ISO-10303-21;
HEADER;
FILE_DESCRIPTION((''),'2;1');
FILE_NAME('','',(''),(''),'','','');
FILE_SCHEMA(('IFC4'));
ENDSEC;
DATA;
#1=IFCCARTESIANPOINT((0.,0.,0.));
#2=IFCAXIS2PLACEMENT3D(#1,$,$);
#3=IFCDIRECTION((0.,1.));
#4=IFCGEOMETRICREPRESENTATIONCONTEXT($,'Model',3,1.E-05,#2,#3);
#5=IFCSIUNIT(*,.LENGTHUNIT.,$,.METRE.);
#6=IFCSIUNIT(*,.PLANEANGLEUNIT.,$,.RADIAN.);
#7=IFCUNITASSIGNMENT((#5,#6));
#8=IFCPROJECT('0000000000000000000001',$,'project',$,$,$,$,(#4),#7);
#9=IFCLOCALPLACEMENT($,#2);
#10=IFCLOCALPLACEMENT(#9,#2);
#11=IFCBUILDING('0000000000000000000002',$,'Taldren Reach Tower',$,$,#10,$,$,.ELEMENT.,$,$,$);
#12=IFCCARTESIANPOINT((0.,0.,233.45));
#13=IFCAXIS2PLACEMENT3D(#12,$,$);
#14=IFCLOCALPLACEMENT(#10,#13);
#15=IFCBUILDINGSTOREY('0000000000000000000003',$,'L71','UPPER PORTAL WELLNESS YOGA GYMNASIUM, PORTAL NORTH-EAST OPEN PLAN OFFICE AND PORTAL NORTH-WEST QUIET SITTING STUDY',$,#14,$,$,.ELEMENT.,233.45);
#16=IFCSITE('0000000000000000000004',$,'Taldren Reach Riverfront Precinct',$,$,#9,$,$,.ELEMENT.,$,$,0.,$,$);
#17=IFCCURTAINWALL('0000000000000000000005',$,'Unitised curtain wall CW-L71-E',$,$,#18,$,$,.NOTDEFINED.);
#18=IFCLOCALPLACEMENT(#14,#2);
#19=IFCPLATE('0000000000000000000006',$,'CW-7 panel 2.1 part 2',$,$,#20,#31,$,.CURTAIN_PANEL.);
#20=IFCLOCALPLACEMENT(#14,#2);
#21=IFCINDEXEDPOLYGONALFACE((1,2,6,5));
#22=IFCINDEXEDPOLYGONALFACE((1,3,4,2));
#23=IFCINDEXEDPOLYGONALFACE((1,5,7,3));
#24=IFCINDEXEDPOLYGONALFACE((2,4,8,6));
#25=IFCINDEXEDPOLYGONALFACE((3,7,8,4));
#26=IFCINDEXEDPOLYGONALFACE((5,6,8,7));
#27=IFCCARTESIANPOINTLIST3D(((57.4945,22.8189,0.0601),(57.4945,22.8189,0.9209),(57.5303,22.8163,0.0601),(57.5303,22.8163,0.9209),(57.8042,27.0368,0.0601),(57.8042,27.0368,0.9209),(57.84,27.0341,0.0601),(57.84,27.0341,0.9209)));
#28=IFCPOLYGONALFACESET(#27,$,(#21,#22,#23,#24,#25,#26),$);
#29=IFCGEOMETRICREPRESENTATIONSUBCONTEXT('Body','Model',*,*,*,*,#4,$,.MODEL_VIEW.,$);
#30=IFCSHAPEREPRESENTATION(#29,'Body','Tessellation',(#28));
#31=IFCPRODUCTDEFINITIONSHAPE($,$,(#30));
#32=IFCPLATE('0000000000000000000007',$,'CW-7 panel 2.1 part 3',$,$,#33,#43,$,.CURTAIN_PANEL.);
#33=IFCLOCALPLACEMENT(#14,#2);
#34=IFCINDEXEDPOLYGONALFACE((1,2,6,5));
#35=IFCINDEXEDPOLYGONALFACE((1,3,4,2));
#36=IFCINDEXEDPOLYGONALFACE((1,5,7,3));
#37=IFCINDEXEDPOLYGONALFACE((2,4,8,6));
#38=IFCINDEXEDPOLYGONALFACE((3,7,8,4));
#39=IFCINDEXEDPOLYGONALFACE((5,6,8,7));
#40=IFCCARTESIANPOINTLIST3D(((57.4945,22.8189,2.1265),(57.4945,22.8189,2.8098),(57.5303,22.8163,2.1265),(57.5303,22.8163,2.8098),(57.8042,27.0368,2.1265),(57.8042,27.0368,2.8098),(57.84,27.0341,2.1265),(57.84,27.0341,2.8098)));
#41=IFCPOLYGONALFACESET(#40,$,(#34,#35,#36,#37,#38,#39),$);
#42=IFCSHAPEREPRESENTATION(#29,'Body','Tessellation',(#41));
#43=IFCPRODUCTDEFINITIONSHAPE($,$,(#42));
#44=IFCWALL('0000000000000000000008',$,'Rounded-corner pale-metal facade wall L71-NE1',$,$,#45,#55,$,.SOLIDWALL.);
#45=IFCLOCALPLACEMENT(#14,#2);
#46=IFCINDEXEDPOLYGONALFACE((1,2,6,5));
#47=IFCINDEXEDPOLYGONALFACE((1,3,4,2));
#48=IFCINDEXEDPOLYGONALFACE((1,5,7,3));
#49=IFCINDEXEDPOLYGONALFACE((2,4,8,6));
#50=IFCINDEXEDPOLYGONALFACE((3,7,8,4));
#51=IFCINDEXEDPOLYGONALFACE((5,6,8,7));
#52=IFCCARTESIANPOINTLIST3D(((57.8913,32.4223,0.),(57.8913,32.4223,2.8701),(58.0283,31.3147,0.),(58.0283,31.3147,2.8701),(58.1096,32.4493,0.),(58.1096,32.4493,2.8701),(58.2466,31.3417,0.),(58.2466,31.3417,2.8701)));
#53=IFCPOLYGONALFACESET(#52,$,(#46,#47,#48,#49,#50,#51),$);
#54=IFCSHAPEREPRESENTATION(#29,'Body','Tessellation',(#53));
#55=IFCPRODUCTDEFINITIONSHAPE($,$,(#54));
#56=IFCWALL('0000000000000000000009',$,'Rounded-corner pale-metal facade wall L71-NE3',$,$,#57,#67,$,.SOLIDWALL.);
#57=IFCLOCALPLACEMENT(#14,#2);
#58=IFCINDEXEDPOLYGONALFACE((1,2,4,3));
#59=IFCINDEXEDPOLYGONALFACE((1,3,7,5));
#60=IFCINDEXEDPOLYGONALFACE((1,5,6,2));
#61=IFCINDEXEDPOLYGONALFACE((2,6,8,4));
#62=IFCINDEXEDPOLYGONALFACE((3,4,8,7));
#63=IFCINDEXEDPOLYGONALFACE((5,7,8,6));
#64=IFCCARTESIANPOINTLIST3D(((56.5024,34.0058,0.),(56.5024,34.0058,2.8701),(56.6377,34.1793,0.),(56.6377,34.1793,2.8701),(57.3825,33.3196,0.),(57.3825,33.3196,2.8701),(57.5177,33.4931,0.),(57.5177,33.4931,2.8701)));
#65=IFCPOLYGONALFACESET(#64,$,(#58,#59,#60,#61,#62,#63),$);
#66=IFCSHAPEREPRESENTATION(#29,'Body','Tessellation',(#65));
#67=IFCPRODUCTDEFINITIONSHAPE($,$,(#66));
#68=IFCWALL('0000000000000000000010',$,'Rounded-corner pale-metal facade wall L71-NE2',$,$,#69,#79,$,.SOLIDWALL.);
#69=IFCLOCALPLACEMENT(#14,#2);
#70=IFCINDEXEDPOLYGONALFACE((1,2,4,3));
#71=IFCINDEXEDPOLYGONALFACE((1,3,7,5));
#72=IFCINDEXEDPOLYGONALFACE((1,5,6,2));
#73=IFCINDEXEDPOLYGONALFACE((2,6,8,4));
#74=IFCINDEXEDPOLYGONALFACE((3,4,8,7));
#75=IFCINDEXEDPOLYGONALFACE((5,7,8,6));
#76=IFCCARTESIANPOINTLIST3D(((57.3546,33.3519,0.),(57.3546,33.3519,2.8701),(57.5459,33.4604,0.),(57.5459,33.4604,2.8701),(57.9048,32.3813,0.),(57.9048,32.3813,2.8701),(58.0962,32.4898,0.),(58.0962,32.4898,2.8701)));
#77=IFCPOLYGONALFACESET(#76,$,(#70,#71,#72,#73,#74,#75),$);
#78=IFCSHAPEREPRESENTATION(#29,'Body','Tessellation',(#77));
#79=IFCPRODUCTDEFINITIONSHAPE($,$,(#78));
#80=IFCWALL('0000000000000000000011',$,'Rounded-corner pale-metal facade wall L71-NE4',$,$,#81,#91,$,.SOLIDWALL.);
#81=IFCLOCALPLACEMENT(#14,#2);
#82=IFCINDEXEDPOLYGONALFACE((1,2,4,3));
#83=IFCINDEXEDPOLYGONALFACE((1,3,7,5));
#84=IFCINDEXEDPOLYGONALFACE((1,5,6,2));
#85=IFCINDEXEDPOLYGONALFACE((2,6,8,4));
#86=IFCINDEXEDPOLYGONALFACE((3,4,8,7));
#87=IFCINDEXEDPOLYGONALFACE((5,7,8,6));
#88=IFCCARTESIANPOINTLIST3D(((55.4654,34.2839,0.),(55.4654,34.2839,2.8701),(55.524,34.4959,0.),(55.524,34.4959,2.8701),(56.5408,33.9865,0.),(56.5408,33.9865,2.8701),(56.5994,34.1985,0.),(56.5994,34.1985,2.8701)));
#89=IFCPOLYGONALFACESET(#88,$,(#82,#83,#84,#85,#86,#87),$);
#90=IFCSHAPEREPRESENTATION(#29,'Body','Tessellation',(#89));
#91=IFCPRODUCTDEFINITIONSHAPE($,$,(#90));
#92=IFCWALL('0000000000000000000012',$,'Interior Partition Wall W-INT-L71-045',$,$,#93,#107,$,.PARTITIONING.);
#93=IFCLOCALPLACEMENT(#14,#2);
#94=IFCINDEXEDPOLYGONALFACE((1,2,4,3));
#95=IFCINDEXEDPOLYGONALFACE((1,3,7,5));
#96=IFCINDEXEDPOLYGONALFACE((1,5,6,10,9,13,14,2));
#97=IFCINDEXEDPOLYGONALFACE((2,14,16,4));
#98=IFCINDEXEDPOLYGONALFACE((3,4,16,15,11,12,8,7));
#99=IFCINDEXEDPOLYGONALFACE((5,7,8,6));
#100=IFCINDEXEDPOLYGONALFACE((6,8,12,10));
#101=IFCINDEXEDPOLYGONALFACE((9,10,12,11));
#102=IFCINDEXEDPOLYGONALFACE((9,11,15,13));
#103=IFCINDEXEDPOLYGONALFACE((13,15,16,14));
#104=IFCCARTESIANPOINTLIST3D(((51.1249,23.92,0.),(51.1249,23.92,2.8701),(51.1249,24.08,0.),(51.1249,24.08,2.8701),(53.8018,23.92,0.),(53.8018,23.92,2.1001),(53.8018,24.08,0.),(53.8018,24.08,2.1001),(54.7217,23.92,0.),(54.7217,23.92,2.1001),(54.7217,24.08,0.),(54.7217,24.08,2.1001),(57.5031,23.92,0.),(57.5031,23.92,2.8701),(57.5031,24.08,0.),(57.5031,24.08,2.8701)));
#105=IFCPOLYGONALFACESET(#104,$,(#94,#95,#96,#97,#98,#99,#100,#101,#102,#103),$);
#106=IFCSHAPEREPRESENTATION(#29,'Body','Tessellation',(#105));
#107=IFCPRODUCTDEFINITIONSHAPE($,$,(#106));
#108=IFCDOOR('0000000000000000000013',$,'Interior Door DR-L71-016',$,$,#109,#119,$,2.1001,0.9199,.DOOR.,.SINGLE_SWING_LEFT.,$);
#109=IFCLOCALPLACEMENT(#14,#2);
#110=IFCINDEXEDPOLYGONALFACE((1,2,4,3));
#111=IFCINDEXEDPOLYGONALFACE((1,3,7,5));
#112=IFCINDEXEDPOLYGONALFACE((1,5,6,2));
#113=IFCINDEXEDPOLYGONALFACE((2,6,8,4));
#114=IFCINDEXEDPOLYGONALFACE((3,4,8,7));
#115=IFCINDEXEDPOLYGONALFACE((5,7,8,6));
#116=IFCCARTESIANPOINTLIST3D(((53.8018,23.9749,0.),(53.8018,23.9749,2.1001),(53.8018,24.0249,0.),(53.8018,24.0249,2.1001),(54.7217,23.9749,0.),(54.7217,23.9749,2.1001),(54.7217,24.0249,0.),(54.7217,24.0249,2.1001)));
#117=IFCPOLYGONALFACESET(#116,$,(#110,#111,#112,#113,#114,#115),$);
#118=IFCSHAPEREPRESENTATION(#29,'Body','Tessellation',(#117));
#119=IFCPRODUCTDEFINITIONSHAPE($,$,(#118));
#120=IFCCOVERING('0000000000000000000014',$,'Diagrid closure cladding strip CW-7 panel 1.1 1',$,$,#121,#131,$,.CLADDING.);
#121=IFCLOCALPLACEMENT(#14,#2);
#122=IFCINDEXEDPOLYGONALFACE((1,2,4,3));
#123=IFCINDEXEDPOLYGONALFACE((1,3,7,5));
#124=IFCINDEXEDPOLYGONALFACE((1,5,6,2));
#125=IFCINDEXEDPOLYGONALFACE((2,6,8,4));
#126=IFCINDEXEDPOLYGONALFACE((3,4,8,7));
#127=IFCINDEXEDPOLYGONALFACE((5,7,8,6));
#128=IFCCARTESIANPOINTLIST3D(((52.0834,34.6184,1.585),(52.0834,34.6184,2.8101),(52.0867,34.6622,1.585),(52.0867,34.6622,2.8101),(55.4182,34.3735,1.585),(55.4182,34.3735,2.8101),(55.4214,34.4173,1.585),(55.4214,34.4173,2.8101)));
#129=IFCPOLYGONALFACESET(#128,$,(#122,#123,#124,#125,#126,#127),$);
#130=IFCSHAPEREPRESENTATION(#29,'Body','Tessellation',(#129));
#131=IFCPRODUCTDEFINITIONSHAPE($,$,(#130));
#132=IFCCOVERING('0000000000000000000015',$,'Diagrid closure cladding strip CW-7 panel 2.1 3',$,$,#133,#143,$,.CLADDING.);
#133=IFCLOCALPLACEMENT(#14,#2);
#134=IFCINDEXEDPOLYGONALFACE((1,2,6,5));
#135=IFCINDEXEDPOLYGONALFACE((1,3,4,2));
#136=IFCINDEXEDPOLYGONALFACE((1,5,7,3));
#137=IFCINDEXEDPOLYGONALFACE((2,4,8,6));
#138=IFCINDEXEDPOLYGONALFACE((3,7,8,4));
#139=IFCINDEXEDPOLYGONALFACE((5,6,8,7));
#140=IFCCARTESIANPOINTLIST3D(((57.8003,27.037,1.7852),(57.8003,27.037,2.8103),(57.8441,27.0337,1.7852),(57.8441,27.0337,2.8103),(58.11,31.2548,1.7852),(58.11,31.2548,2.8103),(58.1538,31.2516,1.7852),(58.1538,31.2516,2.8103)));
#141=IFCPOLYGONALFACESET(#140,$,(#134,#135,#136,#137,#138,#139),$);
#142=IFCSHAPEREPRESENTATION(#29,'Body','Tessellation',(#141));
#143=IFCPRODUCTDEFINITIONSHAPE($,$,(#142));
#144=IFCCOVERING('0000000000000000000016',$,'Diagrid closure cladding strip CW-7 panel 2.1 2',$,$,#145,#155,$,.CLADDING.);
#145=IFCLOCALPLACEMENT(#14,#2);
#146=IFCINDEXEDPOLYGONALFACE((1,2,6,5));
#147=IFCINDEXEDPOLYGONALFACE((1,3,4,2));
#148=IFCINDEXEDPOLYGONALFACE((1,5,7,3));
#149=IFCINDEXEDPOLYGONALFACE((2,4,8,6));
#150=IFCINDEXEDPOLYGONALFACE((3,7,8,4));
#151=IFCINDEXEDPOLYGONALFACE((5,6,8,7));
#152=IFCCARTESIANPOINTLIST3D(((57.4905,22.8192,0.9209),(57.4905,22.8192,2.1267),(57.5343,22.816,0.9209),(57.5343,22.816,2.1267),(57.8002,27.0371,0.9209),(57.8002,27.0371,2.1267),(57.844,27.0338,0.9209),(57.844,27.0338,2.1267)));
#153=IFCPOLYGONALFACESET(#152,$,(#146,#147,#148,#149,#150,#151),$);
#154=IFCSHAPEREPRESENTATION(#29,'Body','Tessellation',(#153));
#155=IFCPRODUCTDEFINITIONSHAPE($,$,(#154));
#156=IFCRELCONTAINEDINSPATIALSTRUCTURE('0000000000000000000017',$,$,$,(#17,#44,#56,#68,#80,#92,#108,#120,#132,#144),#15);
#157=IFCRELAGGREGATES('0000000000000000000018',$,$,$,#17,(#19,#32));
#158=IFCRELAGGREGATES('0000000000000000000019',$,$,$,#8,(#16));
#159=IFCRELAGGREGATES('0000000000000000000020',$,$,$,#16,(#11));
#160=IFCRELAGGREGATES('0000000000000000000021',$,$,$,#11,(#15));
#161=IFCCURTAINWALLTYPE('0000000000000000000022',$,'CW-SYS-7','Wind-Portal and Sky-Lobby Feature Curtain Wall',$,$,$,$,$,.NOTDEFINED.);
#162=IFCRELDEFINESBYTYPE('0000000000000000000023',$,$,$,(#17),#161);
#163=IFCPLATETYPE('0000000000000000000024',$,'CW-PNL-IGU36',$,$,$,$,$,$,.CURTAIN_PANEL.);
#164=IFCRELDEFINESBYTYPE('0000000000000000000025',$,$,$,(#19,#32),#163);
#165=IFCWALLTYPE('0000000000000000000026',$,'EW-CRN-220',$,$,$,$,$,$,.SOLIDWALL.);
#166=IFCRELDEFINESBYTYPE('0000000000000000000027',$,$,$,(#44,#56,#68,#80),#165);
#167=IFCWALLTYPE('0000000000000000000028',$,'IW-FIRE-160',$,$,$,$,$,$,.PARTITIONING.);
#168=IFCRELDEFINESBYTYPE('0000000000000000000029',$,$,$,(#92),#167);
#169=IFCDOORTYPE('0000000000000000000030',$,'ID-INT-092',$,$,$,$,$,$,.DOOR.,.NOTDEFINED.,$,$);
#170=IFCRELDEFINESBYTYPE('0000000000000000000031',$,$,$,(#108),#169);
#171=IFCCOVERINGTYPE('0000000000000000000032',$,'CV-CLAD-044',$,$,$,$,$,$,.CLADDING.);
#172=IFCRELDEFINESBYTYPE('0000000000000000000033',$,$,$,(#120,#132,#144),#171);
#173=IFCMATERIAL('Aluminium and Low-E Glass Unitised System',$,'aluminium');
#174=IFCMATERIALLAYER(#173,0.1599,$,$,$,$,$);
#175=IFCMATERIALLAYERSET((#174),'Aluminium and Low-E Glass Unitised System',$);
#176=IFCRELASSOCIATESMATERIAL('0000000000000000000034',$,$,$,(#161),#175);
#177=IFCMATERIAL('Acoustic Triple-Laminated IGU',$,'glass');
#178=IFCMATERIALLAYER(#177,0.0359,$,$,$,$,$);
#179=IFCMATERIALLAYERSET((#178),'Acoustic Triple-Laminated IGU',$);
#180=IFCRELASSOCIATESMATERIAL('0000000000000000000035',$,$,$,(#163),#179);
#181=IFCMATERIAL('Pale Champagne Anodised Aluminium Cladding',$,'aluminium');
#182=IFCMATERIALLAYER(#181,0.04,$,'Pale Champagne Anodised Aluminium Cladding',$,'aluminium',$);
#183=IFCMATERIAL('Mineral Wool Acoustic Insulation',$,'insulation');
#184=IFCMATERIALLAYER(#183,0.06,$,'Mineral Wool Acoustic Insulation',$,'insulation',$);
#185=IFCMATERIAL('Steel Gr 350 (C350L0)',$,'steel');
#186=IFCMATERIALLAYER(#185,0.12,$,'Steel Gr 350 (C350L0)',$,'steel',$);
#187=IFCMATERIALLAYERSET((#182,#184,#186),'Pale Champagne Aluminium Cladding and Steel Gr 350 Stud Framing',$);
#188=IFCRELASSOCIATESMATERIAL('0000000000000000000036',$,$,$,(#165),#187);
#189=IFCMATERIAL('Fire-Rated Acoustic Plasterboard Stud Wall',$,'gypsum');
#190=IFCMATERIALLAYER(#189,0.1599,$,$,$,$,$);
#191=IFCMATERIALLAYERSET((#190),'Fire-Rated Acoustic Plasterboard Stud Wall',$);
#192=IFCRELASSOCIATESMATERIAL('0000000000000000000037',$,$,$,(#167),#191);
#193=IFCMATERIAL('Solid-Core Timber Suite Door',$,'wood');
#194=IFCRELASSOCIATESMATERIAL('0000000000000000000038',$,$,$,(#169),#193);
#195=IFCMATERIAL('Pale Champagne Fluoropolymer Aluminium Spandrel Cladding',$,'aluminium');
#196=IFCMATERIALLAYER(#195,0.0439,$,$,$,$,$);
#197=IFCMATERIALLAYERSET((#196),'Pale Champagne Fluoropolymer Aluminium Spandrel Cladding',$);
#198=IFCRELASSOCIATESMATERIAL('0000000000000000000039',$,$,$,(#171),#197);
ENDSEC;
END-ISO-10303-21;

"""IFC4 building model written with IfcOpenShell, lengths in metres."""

from ifc_helpers import new_model, si_unit, direction, frame, frame_2d, origin, origin_2d, place, context, subcontext, project, spatial, rectangle, extrude, source, transform, mapped, material, layer, layer_set, type_object, element, fill, aggregate, save


model = new_model("IFC4")

# Units and contexts
model_context = context("Model", 3, precision=1e-05, world=origin(), true_north=direction((0.0, 1.0)))
body_context = subcontext(model_context, "Body", "Model", "MODEL_VIEW")
ifc_project = project(units=[si_unit("LENGTHUNIT", "METRE"), si_unit("PLANEANGLEUNIT", "RADIAN")], contexts=[model_context])

# Site, building, storey
site_placement = place(None, origin())
site = spatial("IfcSite", under=ifc_project, at=site_placement, Name="Taldren Reach Riverfront Precinct", CompositionType="ELEMENT", RefElevation=0.0)
building_placement = place(site_placement, origin())
building = spatial("IfcBuilding", under=site, at=building_placement, Name="Taldren Reach Tower", CompositionType="ELEMENT")
storey_placement = place(building_placement, frame((0.0, 0.0, 233.45)))
storey = spatial("IfcBuildingStorey", under=building, at=storey_placement, Name="L71", Description="UPPER PORTAL WELLNESS YOGA GYMNASIUM, PORTAL NORTH-EAST OPEN PLAN OFFICE AND PORTAL NORTH-WEST QUIET SITTING STUDY", CompositionType="ELEMENT", Elevation=233.45)

# Shared definitions
ifc_material_1 = material(Name="Steel Gr 350 (C350L0)", Category="steel")

# Shared definitions
ifc_material_2 = material(Name="Aluminium and Low-E Glass Unitised System", Category="aluminium")
ifc_layer_1 = layer(ifc_material_2, 0.1599)
ifc_layer_set_1 = layer_set([ifc_layer_1], Name="Aluminium and Low-E Glass Unitised System")
curtain_wall_type = type_object("IfcCurtainWallType", Name="CW-SYS-7", Description="Wind-Portal and Sky-Lobby Feature Curtain Wall", PredefinedType="NOTDEFINED", material=ifc_layer_set_1)

# Curtain wall
curtain_wall_1_placement = place(storey_placement, origin())
curtain_wall_1 = element("IfcCurtainWall", 1, at=curtain_wall_1_placement, inside=storey, type_object=curtain_wall_type, Name="Unitised curtain wall CW-L71-E", PredefinedType="NOTDEFINED")

# Plates
ifc_material_3 = material(Name="Acoustic Triple-Laminated IGU", Category="glass")
ifc_layer_2 = layer(ifc_material_3, 0.0359)
ifc_layer_set_2 = layer_set([ifc_layer_2], Name="Acoustic Triple-Laminated IGU")
plate_type_1 = type_object("IfcPlateType", Name="CW-PNL-IGU36", PredefinedType="CURTAIN_PANEL", material=ifc_layer_set_2)
shared_shape_1 = source(origin(), body_context, "Body", "SweptSolid", [
    extrude(rectangle(XDim=4.2292, YDim=0.0359, at=origin_2d()), origin(), (0.0, 0.0, 1.0), 0.8608),
])
plate_1_placement = place(storey_placement, frame((57.6672, 24.9265, 0.0601), z_axis=(0.0, 0.0, 1.0), x_axis=(0.073238, 0.997314, 0.0)))
plate_1 = element("IfcPlate", 2, at=plate_1_placement, type_object=plate_type_1, Name="CW-7 panel 2.1 part 2", PredefinedType="CURTAIN_PANEL", context=body_context, shape_type="MappedRepresentation", body=[
    mapped(shared_shape_1, transform((0.0, 0.0, 0.0), scale=1.0)),
])
shared_shape_2 = source(origin(), body_context, "Body", "SweptSolid", [
    extrude(rectangle(XDim=4.2292, YDim=0.0359, at=origin_2d()), origin(), (0.0, 0.0, 1.0), 0.6833),
])
plate_2_placement = place(storey_placement, frame((57.6672, 24.9265, 2.1265), z_axis=(0.0, 0.0, 1.0), x_axis=(0.073238, 0.997314, 0.0)))
plate_2 = element("IfcPlate", 3, at=plate_2_placement, type_object=plate_type_1, Name="CW-7 panel 2.1 part 3", PredefinedType="CURTAIN_PANEL", context=body_context, shape_type="MappedRepresentation", body=[
    mapped(shared_shape_2, transform((0.0, 0.0, 0.0), scale=1.0)),
])
aggregate(curtain_wall_1, [plate_1, plate_2])

# Walls
ifc_material_4 = material(Name="Pale Champagne Anodised Aluminium Cladding", Category="aluminium")
ifc_layer_3 = layer(ifc_material_4, 0.04, Name="Pale Champagne Anodised Aluminium Cladding", Category="aluminium")
ifc_material_5 = material(Name="Mineral Wool Acoustic Insulation", Category="insulation")
ifc_layer_4 = layer(ifc_material_5, 0.06, Name="Mineral Wool Acoustic Insulation", Category="insulation")
ifc_layer_5 = layer(ifc_material_1, 0.12, Name="Steel Gr 350 (C350L0)", Category="steel")
ifc_layer_set_3 = layer_set([ifc_layer_3, ifc_layer_4, ifc_layer_5], Name="Pale Champagne Aluminium Cladding and Steel Gr 350 Stud Framing")
wall_type_1 = type_object("IfcWallType", Name="EW-CRN-220", PredefinedType="SOLIDWALL", material=ifc_layer_set_3)
shared_shape_3 = source(origin(), body_context, "Body", "SweptSolid", [
    extrude(rectangle(XDim=1.116, YDim=0.22, at=frame_2d((0.5581, 0.0))), origin(), (0.0, 0.0, 1.0), 2.8701),
])
for number, where, z_axis, x_axis, name in (
    (4, (58.1375, 31.3281, 0.0), (0.0, 0.0, 1.0), (-0.122742, 0.992439, 0.0), "Rounded-corner pale-metal facade wall L71-NE1"),
    (5, (57.4502, 33.4062, 0.0), (0.0, 0.0, 1.0), (-0.788598, 0.614909, 0.0), "Rounded-corner pale-metal facade wall L71-NE3"),
):
    element("IfcWall", number, at=place(storey_placement, frame(where, z_axis=z_axis, x_axis=x_axis)), inside=storey, type_object=wall_type_1, Name=name, PredefinedType="SOLIDWALL", context=body_context, shape_type="MappedRepresentation", body=[
        mapped(shared_shape_3, transform((0.0, 0.0, 0.0), scale=1.0)),
    ])
shared_shape_4 = source(origin(), body_context, "Body", "SweptSolid", [
    extrude(rectangle(XDim=1.1157, YDim=0.22, at=frame_2d((0.5579, 0.0))), origin(), (0.0, 0.0, 1.0), 2.8701),
])
for number, where, z_axis, x_axis, name in (
    (6, (58.0005, 32.4355, 0.0), (0.0, 0.0, 1.0), (-0.493167, 0.869935, 0.0), "Rounded-corner pale-metal facade wall L71-NE2"),
    (7, (56.5701, 34.0925, 0.0), (0.0, 0.0, 1.0), (-0.963834, 0.266504, 0.0), "Rounded-corner pale-metal facade wall L71-NE4"),
):
    element("IfcWall", number, at=place(storey_placement, frame(where, z_axis=z_axis, x_axis=x_axis)), inside=storey, type_object=wall_type_1, Name=name, PredefinedType="SOLIDWALL", context=body_context, shape_type="MappedRepresentation", body=[
        mapped(shared_shape_4, transform((0.0, 0.0, 0.0), scale=1.0)),
    ])

# Wall, opening, door
ifc_material_6 = material(Name="Fire-Rated Acoustic Plasterboard Stud Wall", Category="gypsum")
ifc_layer_6 = layer(ifc_material_6, 0.1599)
ifc_layer_set_4 = layer_set([ifc_layer_6], Name="Fire-Rated Acoustic Plasterboard Stud Wall")
wall_type_2 = type_object("IfcWallType", Name="IW-FIRE-160", PredefinedType="PARTITIONING", material=ifc_layer_set_4)
shared_shape_5 = source(origin(), body_context, "Body", "SweptSolid", [
    extrude(rectangle(XDim=6.3782, YDim=0.1599, at=frame_2d((3.189, 0.0))), origin(), (0.0, 0.0, 1.0), 2.8701),
])
wall_placement = place(storey_placement, frame((51.125, 24.0, 0.0), z_axis=(0.0, 0.0, 1.0), x_axis=(1.0, 0.0, 0.0)))
wall = element("IfcWall", 8, at=wall_placement, inside=storey, type_object=wall_type_2, Name="Interior Partition Wall W-INT-L71-045", PredefinedType="PARTITIONING", context=body_context, shape_type="MappedRepresentation", body=[
    mapped(shared_shape_5, transform((0.0, 0.0, 0.0), scale=1.0)),
])
shared_shape_6 = source(origin(), body_context, "Body", "SweptSolid", [
    extrude(rectangle(XDim=0.9199, YDim=2.1001, at=frame_2d((0.46, 1.05))), frame((0.0, 0.0898, 0.0), z_axis=(0.0, -1.0, 0.0), x_axis=(1.0, 0.0, 0.0)), (0.0, 0.0, 1.0), 0.1799),
])
opening_placement = place(wall_placement, frame((2.6768, 0.0, 0.0)))
opening = element("IfcOpeningElement", 9, at=opening_placement, cuts=wall, PredefinedType="OPENING", context=body_context, shape_type="MappedRepresentation", body=[
    mapped(shared_shape_6, transform((0.0, 0.0, 0.0), scale=1.0)),
])
ifc_material_7 = material(Name="Solid-Core Timber Suite Door", Category="wood")
door_type = type_object("IfcDoorType", Name="ID-INT-092", OperationType="NOTDEFINED", PredefinedType="DOOR", material=ifc_material_7)
shared_shape_7 = source(origin(), body_context, "Body", "SweptSolid", [
    extrude(rectangle(XDim=0.9199, YDim=2.1001, at=frame_2d((0.46, 1.05))), frame((0.0, 0.0249, 0.0), z_axis=(0.0, -1.0, 0.0), x_axis=(1.0, 0.0, 0.0)), (0.0, 0.0, 1.0), 0.05),
])
door_placement = place(opening_placement, origin())
door = element("IfcDoor", 10, at=door_placement, inside=storey, type_object=door_type, Name="Interior Door DR-L71-016", OperationType="SINGLE_SWING_LEFT", OverallHeight=2.1001, OverallWidth=0.9199, PredefinedType="DOOR", context=body_context, shape_type="MappedRepresentation", body=[
    mapped(shared_shape_7, transform((0.0, 0.0, 0.0), scale=1.0)),
])
fill(opening, door)

# Coverings
ifc_material_8 = material(Name="Pale Champagne Fluoropolymer Aluminium Spandrel Cladding", Category="aluminium")
ifc_layer_7 = layer(ifc_material_8, 0.0439)
ifc_layer_set_5 = layer_set([ifc_layer_7], Name="Pale Champagne Fluoropolymer Aluminium Spandrel Cladding")
covering_type = type_object("IfcCoveringType", Name="CV-CLAD-044", PredefinedType="CLADDING", material=ifc_layer_set_5)
shared_shape_8 = source(origin(), body_context, "Body", "SweptSolid", [
    extrude(rectangle(XDim=3.3438, YDim=0.0439, at=origin_2d()), origin(), (0.0, 0.0, 1.0), 1.2251),
])
covering_1_placement = place(storey_placement, frame((53.7524, 34.5178, 1.585), z_axis=(0.0, 0.0, 1.0), x_axis=(-0.997314, 0.073238, 0.0)))
element("IfcCovering", 11, at=covering_1_placement, inside=storey, type_object=covering_type, Name="Diagrid closure cladding strip CW-7 panel 1.1 1", PredefinedType="CLADDING", context=body_context, shape_type="MappedRepresentation", body=[
    mapped(shared_shape_8, transform((0.0, 0.0, 0.0), scale=1.0)),
])
shared_shape_9 = source(origin(), body_context, "Body", "SweptSolid", [
    extrude(rectangle(XDim=4.2292, YDim=0.0439, at=origin_2d()), origin(), (0.0, 0.0, 1.0), 1.0251),
])
covering_2_placement = place(storey_placement, frame((57.9771, 29.1443, 1.7852), z_axis=(0.0, 0.0, 1.0), x_axis=(0.073238, 0.997314, 0.0)))
element("IfcCovering", 12, at=covering_2_placement, inside=storey, type_object=covering_type, Name="Diagrid closure cladding strip CW-7 panel 2.1 3", PredefinedType="CLADDING", context=body_context, shape_type="MappedRepresentation", body=[
    mapped(shared_shape_9, transform((0.0, 0.0, 0.0), scale=1.0)),
])
shared_shape_10 = source(origin(), body_context, "Body", "SweptSolid", [
    extrude(rectangle(XDim=4.2292, YDim=0.0439, at=origin_2d()), origin(), (0.0, 0.0, 1.0), 1.2058),
])
covering_3_placement = place(storey_placement, frame((57.6672, 24.9265, 0.9209), z_axis=(0.0, 0.0, 1.0), x_axis=(0.073238, 0.997314, 0.0)))
element("IfcCovering", 13, at=covering_3_placement, inside=storey, type_object=covering_type, Name="Diagrid closure cladding strip CW-7 panel 2.1 2", PredefinedType="CLADDING", context=body_context, shape_type="MappedRepresentation", body=[
    mapped(shared_shape_10, transform((0.0, 0.0, 0.0), scale=1.0)),
])

save(model, "model.ifc")
